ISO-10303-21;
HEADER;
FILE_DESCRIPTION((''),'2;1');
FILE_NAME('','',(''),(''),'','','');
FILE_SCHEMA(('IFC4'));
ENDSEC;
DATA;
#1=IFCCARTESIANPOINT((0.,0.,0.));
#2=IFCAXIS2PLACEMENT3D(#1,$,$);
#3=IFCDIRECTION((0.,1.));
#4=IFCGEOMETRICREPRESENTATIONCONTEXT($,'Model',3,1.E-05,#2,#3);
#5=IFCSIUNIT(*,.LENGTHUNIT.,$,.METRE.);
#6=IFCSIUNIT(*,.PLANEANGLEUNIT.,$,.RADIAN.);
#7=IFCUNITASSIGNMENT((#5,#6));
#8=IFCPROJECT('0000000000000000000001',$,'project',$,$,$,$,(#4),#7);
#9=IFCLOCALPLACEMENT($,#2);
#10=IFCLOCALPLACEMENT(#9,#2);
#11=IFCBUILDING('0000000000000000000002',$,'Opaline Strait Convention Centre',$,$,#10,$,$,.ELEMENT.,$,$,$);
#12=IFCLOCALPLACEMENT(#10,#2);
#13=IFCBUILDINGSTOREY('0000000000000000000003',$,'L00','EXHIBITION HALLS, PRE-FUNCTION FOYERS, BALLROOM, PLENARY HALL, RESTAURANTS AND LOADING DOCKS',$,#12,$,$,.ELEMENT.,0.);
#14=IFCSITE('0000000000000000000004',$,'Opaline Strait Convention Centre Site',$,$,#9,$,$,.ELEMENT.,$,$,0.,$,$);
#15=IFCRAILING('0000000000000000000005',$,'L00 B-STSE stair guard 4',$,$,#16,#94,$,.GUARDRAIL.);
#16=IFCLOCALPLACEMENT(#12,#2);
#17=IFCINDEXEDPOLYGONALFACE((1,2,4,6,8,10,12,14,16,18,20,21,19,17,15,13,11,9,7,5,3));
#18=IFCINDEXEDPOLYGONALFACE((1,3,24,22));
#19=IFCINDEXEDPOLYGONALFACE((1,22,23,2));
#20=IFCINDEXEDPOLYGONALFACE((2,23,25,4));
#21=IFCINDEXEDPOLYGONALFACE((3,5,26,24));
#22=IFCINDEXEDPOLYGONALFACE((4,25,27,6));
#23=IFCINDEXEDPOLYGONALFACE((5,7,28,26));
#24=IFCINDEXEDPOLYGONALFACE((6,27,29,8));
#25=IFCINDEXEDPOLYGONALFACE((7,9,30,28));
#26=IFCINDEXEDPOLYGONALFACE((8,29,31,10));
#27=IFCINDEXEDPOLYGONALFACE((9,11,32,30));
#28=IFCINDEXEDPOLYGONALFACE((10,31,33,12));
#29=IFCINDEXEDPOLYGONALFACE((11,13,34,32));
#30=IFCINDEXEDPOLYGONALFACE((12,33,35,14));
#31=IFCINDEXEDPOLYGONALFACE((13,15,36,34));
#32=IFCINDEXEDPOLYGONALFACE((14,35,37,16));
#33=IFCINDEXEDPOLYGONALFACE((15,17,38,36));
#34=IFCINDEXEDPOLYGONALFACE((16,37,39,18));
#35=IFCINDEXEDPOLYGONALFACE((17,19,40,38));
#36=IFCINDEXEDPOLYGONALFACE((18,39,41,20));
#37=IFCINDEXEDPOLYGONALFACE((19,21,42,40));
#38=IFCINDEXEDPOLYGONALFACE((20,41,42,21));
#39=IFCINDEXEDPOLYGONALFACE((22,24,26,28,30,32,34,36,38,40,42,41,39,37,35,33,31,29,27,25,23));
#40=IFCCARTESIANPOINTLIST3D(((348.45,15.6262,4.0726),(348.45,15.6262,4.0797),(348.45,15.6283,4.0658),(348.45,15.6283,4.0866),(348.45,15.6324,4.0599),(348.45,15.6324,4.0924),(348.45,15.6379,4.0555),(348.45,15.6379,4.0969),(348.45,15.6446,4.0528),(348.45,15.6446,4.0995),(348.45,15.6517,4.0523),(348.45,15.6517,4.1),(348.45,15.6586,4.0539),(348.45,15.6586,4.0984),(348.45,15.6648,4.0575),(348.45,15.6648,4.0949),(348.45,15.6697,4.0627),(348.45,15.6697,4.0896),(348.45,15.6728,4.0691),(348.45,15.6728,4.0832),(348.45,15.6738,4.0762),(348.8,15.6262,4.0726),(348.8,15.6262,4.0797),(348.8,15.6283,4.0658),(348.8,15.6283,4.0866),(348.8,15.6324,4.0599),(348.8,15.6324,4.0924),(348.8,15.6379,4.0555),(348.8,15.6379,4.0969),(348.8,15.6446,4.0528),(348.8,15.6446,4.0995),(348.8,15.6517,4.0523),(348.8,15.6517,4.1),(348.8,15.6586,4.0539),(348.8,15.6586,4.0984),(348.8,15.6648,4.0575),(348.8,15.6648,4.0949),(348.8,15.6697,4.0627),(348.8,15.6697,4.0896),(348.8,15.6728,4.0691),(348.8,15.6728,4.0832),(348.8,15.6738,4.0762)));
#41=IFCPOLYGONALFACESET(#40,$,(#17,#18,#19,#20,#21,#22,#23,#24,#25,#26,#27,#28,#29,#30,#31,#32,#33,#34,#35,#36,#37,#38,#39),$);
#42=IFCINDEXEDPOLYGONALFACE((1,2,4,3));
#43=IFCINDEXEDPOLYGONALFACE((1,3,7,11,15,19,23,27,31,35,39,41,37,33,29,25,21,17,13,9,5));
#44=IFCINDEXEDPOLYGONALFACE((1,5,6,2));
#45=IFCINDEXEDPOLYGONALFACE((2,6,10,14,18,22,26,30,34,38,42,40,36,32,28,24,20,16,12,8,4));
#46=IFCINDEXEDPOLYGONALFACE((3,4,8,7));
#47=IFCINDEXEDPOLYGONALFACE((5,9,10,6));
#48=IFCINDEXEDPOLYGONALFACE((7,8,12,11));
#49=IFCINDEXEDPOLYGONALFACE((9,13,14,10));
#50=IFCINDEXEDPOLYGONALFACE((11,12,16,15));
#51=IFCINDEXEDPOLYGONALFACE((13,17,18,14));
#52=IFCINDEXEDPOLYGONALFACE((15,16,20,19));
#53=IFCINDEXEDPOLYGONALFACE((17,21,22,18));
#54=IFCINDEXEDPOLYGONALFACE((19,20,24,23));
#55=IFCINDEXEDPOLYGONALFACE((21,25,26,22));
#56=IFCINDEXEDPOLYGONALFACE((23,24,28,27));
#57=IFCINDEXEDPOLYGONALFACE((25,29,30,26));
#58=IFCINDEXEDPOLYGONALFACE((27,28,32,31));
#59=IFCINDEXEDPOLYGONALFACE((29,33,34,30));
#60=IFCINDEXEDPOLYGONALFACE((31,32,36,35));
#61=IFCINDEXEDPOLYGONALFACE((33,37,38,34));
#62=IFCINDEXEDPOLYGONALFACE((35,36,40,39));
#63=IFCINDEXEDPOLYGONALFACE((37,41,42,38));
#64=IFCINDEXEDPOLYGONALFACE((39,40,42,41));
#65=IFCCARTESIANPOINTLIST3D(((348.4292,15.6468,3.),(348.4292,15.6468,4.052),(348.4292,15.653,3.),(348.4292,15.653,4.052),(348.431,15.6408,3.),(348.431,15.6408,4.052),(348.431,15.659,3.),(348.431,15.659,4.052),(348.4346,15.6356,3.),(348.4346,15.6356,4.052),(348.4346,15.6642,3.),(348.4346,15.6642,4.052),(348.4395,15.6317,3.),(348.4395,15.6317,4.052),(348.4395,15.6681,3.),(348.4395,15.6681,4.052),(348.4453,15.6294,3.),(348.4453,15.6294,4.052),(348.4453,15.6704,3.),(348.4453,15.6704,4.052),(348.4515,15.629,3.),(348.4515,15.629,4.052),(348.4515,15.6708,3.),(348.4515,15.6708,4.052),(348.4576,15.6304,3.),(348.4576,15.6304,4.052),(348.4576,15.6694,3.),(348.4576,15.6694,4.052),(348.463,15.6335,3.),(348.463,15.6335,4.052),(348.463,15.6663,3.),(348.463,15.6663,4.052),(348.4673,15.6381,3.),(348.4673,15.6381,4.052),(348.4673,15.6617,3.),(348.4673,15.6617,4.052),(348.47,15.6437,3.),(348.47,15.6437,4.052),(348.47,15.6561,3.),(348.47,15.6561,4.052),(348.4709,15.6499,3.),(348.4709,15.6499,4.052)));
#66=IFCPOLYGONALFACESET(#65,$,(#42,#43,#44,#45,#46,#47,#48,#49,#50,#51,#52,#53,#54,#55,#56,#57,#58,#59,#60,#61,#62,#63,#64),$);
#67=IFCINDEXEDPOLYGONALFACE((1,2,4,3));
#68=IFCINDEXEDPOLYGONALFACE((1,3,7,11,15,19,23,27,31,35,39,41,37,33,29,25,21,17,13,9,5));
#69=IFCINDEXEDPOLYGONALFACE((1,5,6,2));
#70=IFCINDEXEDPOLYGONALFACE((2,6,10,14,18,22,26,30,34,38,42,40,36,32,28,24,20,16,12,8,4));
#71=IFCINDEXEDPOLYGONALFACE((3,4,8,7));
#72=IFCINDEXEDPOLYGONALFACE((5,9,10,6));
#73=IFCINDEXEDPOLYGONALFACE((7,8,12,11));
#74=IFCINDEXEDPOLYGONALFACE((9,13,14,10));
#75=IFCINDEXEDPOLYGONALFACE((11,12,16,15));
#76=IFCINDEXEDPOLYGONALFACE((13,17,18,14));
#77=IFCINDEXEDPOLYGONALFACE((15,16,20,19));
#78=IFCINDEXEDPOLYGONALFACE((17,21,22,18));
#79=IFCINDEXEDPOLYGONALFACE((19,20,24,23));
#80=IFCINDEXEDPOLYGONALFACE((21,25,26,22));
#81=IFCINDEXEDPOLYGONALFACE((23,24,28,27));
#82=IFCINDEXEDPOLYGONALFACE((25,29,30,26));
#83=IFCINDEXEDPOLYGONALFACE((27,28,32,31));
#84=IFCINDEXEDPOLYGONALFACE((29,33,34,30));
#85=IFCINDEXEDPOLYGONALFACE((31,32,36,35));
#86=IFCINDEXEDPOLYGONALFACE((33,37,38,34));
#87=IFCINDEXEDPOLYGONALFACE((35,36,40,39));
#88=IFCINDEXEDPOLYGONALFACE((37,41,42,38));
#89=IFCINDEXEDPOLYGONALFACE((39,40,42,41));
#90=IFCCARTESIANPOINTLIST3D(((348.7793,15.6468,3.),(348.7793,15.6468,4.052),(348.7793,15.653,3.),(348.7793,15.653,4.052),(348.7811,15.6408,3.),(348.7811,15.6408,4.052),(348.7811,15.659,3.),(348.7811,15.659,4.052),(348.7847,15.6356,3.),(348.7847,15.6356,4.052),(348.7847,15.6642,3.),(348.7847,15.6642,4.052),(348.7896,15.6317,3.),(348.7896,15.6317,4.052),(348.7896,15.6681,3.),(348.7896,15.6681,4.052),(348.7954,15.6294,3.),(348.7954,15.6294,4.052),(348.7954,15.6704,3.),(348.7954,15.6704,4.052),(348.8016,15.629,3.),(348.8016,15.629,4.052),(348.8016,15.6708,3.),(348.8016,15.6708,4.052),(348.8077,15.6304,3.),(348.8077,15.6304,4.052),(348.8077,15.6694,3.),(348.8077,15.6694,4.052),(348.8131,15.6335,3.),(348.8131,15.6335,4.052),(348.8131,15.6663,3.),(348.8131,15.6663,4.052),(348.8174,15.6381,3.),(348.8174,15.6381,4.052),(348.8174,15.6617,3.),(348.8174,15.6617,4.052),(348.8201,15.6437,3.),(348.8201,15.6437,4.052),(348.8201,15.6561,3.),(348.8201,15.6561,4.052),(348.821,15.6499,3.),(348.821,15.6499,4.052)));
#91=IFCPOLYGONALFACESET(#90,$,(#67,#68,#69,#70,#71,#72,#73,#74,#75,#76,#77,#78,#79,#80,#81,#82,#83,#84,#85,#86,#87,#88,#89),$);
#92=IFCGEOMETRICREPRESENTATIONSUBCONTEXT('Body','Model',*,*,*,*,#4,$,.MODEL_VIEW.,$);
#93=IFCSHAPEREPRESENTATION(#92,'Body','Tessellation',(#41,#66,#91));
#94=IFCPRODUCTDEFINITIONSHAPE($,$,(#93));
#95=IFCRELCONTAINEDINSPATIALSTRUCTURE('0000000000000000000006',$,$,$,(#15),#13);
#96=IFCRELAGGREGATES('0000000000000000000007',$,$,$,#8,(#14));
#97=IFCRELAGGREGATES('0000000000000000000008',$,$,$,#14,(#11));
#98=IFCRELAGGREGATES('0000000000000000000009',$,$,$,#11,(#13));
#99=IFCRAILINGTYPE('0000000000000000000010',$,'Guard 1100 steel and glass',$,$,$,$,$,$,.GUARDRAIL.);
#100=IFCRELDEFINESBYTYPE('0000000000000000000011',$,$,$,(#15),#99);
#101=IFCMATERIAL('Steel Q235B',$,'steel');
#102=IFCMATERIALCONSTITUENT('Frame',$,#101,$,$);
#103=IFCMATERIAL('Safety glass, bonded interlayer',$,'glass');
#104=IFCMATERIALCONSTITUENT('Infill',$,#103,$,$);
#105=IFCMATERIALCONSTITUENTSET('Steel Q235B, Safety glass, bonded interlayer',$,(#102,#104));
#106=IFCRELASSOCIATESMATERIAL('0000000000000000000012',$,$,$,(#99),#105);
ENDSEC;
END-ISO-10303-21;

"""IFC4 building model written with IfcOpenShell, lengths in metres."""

from ifc_helpers import new_model, si_unit, direction, frame, origin, origin_2d, place, context, subcontext, project, spatial, circle, extrude, material, constituent, constituent_set, type_object, element, save


model = new_model("IFC4")

# Units and contexts
model_context = context("Model", 3, precision=1e-05, world=origin(), true_north=direction((0.0, 1.0)))
body_context = subcontext(model_context, "Body", "Model", "MODEL_VIEW")
ifc_project = project(units=[si_unit("LENGTHUNIT", "METRE"), si_unit("PLANEANGLEUNIT", "RADIAN")], contexts=[model_context])

# Site, building, storey
site_placement = place(None, origin())
site = spatial("IfcSite", under=ifc_project, at=site_placement, Name="Opaline Strait Convention Centre Site", CompositionType="ELEMENT", RefElevation=0.0)
building_placement = place(site_placement, origin())
building = spatial("IfcBuilding", under=site, at=building_placement, Name="Opaline Strait Convention Centre", CompositionType="ELEMENT")
storey_placement = place(building_placement, origin())
storey = spatial("IfcBuildingStorey", under=building, at=storey_placement, Name="L00", Description="EXHIBITION HALLS, PRE-FUNCTION FOYERS, BALLROOM, PLENARY HALL, RESTAURANTS AND LOADING DOCKS", CompositionType="ELEMENT", Elevation=0.0)

# Shared definitions
ifc_material_1 = material(Name="Steel Q235B", Category="steel")

# Railing
ifc_constituent_1 = constituent(ifc_material_1, Name="Frame")
ifc_material_2 = material(Name="Safety glass, bonded interlayer", Category="glass")
ifc_constituent_2 = constituent(ifc_material_2, Name="Infill")
ifc_constituent_set = constituent_set(constituents=[ifc_constituent_1, ifc_constituent_2], Name="Steel Q235B, Safety glass, bonded interlayer")
railing_type_1 = type_object("IfcRailingType", Name="Guard 1100 steel and glass", PredefinedType="GUARDRAIL", material=ifc_constituent_set)
railing_1_placement = place(storey_placement, frame((348.45, 15.6499, 3.0)))
element("IfcRailing", 1, at=railing_1_placement, inside=storey, type_object=railing_type_1, Name="L00 B-STSE stair guard 4", PredefinedType="GUARDRAIL", context=body_context, shape_type="SweptSolid", body=[
    extrude(circle(Radius=0.0239, at=origin_2d()), frame((0.0, 0.0, 1.0762), z_axis=(1.0, 0.0, 0.0), x_axis=(0.0, 1.0, 0.0)), (0.0, 0.0, 1.0), 0.3501),
    extrude(circle(Radius=0.021, at=origin_2d()), origin(), (0.0, 0.0, 1.0), 1.052),
    extrude(circle(Radius=0.021, at=origin_2d()), frame((0.3501, 0.0, 0.0)), (0.0, 0.0, 1.0), 1.052),
])

save(model, "model.ifc")
